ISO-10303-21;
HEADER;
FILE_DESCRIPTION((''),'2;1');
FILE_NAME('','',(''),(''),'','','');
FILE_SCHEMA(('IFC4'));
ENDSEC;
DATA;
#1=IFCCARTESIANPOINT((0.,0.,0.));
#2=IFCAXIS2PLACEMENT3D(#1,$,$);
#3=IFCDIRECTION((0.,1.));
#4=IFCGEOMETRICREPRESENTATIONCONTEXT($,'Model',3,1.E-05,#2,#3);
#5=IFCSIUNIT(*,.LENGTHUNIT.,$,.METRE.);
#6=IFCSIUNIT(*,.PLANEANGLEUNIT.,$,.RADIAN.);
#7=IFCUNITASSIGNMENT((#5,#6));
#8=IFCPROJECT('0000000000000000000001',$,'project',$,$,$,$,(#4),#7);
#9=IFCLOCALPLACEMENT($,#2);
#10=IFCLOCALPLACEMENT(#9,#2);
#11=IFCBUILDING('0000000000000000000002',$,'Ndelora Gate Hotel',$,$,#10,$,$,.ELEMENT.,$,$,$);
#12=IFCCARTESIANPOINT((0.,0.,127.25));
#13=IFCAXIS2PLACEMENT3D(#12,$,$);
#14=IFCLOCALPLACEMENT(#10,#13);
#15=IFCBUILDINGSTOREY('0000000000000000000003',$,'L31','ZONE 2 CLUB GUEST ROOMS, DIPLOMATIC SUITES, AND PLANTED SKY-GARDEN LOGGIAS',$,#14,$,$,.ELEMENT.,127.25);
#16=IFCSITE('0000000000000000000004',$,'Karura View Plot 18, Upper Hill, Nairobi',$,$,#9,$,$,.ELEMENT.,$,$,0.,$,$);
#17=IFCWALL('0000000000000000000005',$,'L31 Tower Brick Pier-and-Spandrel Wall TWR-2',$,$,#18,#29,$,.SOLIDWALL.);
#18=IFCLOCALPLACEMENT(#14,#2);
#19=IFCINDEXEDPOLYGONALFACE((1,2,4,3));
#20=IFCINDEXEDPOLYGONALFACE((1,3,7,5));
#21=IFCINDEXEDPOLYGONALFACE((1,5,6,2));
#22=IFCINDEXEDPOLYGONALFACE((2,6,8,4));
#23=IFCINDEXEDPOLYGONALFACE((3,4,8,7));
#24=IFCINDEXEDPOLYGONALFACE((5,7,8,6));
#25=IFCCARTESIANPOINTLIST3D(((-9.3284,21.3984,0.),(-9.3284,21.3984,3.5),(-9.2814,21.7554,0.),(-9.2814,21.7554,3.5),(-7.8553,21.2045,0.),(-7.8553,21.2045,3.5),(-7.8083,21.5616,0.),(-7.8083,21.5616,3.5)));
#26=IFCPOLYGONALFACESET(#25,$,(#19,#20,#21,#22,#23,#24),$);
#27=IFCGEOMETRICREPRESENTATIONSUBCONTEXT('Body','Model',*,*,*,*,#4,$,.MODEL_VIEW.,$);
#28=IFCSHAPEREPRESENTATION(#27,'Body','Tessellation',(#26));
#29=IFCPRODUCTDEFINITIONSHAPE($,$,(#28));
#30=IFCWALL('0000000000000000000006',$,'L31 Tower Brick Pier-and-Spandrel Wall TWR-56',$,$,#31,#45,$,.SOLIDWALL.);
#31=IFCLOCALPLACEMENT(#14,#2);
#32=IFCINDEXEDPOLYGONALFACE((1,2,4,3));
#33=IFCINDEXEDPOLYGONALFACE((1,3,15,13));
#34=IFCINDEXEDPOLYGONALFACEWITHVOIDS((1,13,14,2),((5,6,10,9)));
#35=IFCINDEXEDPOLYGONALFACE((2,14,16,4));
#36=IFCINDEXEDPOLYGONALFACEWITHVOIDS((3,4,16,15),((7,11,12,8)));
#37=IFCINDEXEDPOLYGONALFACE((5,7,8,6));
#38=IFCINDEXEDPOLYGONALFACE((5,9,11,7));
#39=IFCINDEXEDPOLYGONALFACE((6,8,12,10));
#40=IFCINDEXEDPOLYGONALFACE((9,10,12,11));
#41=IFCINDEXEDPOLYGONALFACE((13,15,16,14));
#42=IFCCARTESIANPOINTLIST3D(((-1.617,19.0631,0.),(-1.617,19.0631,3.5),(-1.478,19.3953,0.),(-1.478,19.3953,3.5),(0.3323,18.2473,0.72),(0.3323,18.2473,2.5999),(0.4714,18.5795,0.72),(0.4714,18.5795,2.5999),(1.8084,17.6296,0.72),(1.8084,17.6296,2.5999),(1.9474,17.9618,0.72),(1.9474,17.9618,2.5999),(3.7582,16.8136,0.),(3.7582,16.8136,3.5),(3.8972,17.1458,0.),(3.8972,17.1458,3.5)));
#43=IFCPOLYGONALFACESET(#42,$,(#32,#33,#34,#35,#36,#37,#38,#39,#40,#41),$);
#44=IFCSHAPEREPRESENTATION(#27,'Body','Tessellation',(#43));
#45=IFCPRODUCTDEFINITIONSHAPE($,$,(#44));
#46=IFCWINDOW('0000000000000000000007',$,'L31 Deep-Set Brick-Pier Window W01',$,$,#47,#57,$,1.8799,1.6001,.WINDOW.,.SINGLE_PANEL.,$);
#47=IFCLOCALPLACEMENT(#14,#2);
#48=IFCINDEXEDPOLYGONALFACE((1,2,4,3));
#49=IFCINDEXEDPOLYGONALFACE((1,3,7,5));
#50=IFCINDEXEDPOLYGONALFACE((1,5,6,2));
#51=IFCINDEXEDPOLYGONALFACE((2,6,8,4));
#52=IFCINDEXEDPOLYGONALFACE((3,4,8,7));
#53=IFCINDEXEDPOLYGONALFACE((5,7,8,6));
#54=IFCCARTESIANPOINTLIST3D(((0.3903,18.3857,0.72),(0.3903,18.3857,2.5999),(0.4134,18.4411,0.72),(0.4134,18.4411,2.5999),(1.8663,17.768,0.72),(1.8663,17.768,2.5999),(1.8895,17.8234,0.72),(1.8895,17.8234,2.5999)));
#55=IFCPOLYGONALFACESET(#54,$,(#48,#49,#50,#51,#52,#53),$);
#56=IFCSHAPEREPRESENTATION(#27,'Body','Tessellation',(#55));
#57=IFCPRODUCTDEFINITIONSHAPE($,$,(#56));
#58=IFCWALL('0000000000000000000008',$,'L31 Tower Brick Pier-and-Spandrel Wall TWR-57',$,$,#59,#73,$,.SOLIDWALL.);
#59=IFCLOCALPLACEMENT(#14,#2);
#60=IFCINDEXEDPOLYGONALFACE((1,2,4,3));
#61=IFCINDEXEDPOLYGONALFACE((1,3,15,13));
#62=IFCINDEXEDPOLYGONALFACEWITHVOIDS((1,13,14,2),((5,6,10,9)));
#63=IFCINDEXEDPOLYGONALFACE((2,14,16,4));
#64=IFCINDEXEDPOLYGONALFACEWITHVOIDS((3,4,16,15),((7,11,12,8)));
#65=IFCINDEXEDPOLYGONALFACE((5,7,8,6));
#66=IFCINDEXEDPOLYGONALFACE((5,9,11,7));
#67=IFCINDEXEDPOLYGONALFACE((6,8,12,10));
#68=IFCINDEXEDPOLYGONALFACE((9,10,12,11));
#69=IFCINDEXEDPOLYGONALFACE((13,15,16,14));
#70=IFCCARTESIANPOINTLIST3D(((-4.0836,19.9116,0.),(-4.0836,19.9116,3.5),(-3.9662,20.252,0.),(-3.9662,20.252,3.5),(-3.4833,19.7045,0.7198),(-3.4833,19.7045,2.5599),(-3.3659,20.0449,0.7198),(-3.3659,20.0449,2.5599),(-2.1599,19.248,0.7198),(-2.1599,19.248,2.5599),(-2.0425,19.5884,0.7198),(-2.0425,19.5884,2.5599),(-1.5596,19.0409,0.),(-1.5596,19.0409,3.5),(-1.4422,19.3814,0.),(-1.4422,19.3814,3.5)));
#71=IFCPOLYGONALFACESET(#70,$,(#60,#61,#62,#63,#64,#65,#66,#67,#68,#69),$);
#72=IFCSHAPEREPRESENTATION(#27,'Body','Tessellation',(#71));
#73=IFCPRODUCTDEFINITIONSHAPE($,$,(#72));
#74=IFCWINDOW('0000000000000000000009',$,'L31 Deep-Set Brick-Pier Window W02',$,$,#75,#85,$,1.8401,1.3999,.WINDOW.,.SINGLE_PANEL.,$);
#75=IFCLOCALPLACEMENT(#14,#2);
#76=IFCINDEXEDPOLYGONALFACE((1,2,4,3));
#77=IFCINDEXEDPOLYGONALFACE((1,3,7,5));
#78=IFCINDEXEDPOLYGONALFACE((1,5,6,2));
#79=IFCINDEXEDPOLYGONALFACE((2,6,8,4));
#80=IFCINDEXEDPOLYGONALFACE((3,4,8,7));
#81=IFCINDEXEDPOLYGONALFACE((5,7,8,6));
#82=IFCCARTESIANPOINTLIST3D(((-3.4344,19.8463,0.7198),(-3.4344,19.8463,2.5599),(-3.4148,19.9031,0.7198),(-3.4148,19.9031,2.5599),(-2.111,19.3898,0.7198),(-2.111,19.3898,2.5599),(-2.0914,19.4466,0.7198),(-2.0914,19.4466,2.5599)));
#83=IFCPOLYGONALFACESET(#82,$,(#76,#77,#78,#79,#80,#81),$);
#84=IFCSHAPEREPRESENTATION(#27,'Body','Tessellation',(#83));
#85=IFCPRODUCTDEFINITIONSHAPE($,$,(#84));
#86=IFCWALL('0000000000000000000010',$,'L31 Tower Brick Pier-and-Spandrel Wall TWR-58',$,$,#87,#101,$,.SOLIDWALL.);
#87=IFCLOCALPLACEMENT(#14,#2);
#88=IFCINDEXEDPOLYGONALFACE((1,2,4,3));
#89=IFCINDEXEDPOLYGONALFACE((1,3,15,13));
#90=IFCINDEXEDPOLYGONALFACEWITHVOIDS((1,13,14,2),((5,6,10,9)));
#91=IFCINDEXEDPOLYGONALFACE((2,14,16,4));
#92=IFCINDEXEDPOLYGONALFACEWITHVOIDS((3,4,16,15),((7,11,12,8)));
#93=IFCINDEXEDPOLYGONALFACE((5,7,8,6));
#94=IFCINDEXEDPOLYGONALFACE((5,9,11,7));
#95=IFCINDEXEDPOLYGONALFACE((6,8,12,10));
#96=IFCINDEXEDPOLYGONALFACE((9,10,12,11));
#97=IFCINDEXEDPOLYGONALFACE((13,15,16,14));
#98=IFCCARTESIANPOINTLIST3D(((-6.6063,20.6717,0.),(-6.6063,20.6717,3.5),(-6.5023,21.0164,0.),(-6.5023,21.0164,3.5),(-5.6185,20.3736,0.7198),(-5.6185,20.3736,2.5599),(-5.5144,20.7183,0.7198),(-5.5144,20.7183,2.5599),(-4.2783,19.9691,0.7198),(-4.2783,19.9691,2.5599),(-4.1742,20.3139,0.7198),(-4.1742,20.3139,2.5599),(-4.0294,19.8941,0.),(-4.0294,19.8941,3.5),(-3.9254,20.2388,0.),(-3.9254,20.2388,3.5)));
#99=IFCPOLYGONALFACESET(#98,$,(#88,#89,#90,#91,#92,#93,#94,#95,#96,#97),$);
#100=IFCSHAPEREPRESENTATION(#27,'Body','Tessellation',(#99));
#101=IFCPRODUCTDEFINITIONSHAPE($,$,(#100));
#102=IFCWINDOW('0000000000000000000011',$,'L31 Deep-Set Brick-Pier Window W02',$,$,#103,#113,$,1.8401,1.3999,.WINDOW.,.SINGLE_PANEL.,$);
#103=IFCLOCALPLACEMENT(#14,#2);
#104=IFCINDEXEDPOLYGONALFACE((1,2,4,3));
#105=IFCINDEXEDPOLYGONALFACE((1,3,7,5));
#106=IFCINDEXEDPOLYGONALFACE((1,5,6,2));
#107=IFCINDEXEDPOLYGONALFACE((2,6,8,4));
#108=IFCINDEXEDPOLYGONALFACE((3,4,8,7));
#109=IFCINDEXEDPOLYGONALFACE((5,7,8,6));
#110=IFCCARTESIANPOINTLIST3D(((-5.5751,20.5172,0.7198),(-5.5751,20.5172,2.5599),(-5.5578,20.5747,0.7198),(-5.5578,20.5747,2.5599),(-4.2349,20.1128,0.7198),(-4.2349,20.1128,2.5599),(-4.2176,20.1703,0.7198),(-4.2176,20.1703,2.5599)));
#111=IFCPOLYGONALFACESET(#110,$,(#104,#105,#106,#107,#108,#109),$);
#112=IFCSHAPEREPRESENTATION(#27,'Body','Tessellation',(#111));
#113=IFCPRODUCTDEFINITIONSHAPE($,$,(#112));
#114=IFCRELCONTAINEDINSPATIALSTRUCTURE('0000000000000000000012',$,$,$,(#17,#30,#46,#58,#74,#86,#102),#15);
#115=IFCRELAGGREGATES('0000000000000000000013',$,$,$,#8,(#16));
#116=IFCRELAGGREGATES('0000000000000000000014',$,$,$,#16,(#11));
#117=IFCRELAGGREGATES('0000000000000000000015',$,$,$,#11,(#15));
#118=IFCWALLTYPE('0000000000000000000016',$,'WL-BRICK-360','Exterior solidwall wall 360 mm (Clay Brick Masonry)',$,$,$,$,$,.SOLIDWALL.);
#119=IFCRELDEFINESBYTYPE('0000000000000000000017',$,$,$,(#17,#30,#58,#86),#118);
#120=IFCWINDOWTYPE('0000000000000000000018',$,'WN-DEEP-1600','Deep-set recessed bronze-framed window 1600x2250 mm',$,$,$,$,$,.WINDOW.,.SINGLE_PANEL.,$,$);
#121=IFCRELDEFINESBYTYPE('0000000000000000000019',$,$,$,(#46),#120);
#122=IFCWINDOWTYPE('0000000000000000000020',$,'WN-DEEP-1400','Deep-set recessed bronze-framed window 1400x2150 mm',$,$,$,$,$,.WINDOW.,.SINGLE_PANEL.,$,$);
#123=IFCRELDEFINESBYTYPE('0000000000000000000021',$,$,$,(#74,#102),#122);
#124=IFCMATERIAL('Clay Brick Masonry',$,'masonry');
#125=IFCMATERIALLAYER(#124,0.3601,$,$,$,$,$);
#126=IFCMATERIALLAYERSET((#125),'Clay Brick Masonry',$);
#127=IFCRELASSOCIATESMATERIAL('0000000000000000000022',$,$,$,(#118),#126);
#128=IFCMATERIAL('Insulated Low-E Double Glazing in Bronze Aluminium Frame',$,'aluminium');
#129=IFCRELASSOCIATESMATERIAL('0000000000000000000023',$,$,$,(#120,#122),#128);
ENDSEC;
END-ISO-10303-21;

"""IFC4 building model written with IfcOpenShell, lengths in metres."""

from ifc_helpers import new_model, si_unit, direction, frame, frame_2d, origin, place, context, subcontext, project, spatial, rectangle, extrude, material, layer, layer_set, type_object, element, fill, save


model = new_model("IFC4")

# Units and contexts
model_context = context("Model", 3, precision=1e-05, world=origin(), true_north=direction((0.0, 1.0)))
body_context = subcontext(model_context, "Body", "Model", "MODEL_VIEW")
ifc_project = project(units=[si_unit("LENGTHUNIT", "METRE"), si_unit("PLANEANGLEUNIT", "RADIAN")], contexts=[model_context])

# Site, building, storey
site_placement = place(None, origin())
site = spatial("IfcSite", under=ifc_project, at=site_placement, Name="Karura View Plot 18, Upper Hill, Nairobi", CompositionType="ELEMENT", RefElevation=0.0)
building_placement = place(site_placement, origin())
building = spatial("IfcBuilding", under=site, at=building_placement, Name="Ndelora Gate Hotel", CompositionType="ELEMENT")
storey_placement = place(building_placement, frame((0.0, 0.0, 127.25)))
storey = spatial("IfcBuildingStorey", under=building, at=storey_placement, Name="L31", Description="ZONE 2 CLUB GUEST ROOMS, DIPLOMATIC SUITES, AND PLANTED SKY-GARDEN LOGGIAS", CompositionType="ELEMENT", Elevation=127.25)

# Shared definitions
ifc_material_1 = material(Name="Clay Brick Masonry", Category="masonry")
ifc_layer_1 = layer(ifc_material_1, 0.3601)
ifc_layer_set_1 = layer_set([ifc_layer_1], Name="Clay Brick Masonry")
wall_type_1 = type_object("IfcWallType", Name="WL-BRICK-360", Description="Exterior solidwall wall 360 mm (Clay Brick Masonry)", PredefinedType="SOLIDWALL", material=ifc_layer_set_1)

# Wall
for number, where, z_axis, x_axis, name in (
    (1, (-9.3049, 21.5769, 0.0), (0.0, 0.0, 1.0), (0.991453, -0.130463, 0.0), "L31 Tower Brick Pier-and-Spandrel Wall TWR-2"),
):
    element("IfcWall", number, at=place(storey_placement, frame(where, z_axis=z_axis, x_axis=x_axis)), inside=storey, type_object=wall_type_1, Name=name, PredefinedType="SOLIDWALL", context=body_context, shape_type="SweptSolid", body=[
        extrude(rectangle(XDim=1.4858, YDim=0.3601, at=frame_2d((0.7429, 0.0))), origin(), (0.0, 0.0, 1.0), 3.5),
    ])

# Walls, openings, windows
wall_1_placement = place(storey_placement, frame((-1.5476, 19.2292, 0.0), z_axis=(0.0, 0.0, 1.0), x_axis=(0.922477, -0.386052, 0.0)))
wall_1 = element("IfcWall", 2, at=wall_1_placement, inside=storey, type_object=wall_type_1, Name="L31 Tower Brick Pier-and-Spandrel Wall TWR-56", PredefinedType="SOLIDWALL", context=body_context, shape_type="SweptSolid", body=[
    extrude(rectangle(XDim=5.8269, YDim=0.3601, at=frame_2d((2.9136, 0.0))), origin(), (0.0, 0.0, 1.0), 3.5),
])
opening_1_placement = place(wall_1_placement, frame((2.1133, 0.0, 0.72)))
opening_1 = element("IfcOpeningElement", 3, at=opening_1_placement, cuts=wall_1, PredefinedType="OPENING", context=body_context, shape_type="SweptSolid", body=[
    extrude(rectangle(XDim=1.6001, YDim=1.8799, at=frame_2d((0.8, 0.9399))), frame((0.0, 0.1899, 0.0), z_axis=(0.0, -1.0, 0.0), x_axis=(1.0, 0.0, 0.0)), (0.0, 0.0, 1.0), 0.3801),
])
ifc_material_2 = material(Name="Insulated Low-E Double Glazing in Bronze Aluminium Frame", Category="aluminium")
window_type_1 = type_object("IfcWindowType", Name="WN-DEEP-1600", Description="Deep-set recessed bronze-framed window 1600x2250 mm", PartitioningType="SINGLE_PANEL", PredefinedType="WINDOW", material=ifc_material_2)
window_1_placement = place(opening_1_placement, origin())
window_1 = element("IfcWindow", 4, at=window_1_placement, inside=storey, type_object=window_type_1, Name="L31 Deep-Set Brick-Pier Window W01", OverallHeight=1.8799, OverallWidth=1.6001, PartitioningType="SINGLE_PANEL", PredefinedType="WINDOW", context=body_context, shape_type="SweptSolid", body=[
    extrude(rectangle(XDim=1.6001, YDim=1.8799, at=frame_2d((0.8, 0.9399))), frame((0.0, 0.03, 0.0), z_axis=(0.0, -1.0, 0.0), x_axis=(1.0, 0.0, 0.0)), (0.0, 0.0, 1.0), 0.0601),
])
fill(opening_1, window_1)
wall_2_placement = place(storey_placement, frame((-4.0249, 20.0818, 0.0), z_axis=(0.0, 0.0, 1.0), x_axis=(0.94534, -0.326086, 0.0)))
wall_2 = element("IfcWall", 5, at=wall_2_placement, inside=storey, type_object=wall_type_1, Name="L31 Tower Brick Pier-and-Spandrel Wall TWR-57", PredefinedType="SOLIDWALL", context=body_context, shape_type="SweptSolid", body=[
    extrude(rectangle(XDim=2.6699, YDim=0.3601, at=frame_2d((1.335, 0.0))), origin(), (0.0, 0.0, 1.0), 3.5),
])
opening_2_placement = place(wall_2_placement, frame((0.635, 0.0, 0.72)))
opening_2 = element("IfcOpeningElement", 6, at=opening_2_placement, cuts=wall_2, PredefinedType="OPENING", context=body_context, shape_type="SweptSolid", body=[
    extrude(rectangle(XDim=1.3999, YDim=1.8401, at=frame_2d((0.7, 0.9199))), frame((0.0, 0.1899, 0.0), z_axis=(0.0, -1.0, 0.0), x_axis=(1.0, 0.0, 0.0)), (0.0, 0.0, 1.0), 0.3801),
])
window_type_2 = type_object("IfcWindowType", Name="WN-DEEP-1400", Description="Deep-set recessed bronze-framed window 1400x2150 mm", PartitioningType="SINGLE_PANEL", PredefinedType="WINDOW", material=ifc_material_2)
window_2_placement = place(opening_2_placement, origin())
window_2 = element("IfcWindow", 7, at=window_2_placement, inside=storey, type_object=window_type_2, Name="L31 Deep-Set Brick-Pier Window W02", OverallHeight=1.8401, OverallWidth=1.3999, PartitioningType="SINGLE_PANEL", PredefinedType="WINDOW", context=body_context, shape_type="SweptSolid", body=[
    extrude(rectangle(XDim=1.3999, YDim=1.8401, at=frame_2d((0.7, 0.9199))), frame((0.0, 0.03, 0.0), z_axis=(0.0, -1.0, 0.0), x_axis=(1.0, 0.0, 0.0)), (0.0, 0.0, 1.0), 0.0601),
])
fill(opening_2, window_2)
wall_3_placement = place(storey_placement, frame((-6.5542, 20.844, 0.0), z_axis=(0.0, 0.0, 1.0), x_axis=(0.957363, -0.288887, 0.0)))
wall_3 = element("IfcWall", 8, at=wall_3_placement, inside=storey, type_object=wall_type_1, Name="L31 Tower Brick Pier-and-Spandrel Wall TWR-58", PredefinedType="SOLIDWALL", context=body_context, shape_type="SweptSolid", body=[
    extrude(rectangle(XDim=2.6917, YDim=0.3601, at=frame_2d((1.3457, 0.0))), origin(), (0.0, 0.0, 1.0), 3.5),
])
opening_3_placement = place(wall_3_placement, frame((1.0317, 0.0, 0.72)))
opening_3 = element("IfcOpeningElement", 9, at=opening_3_placement, cuts=wall_3, PredefinedType="OPENING", context=body_context, shape_type="SweptSolid", body=[
    extrude(rectangle(XDim=1.3999, YDim=1.8401, at=frame_2d((0.7, 0.9199))), frame((0.0, 0.1899, 0.0), z_axis=(0.0, -1.0, 0.0), x_axis=(1.0, 0.0, 0.0)), (0.0, 0.0, 1.0), 0.3801),
])
window_3_placement = place(opening_3_placement, origin())
window_3 = element("IfcWindow", 10, at=window_3_placement, inside=storey, type_object=window_type_2, Name="L31 Deep-Set Brick-Pier Window W02", OverallHeight=1.8401, OverallWidth=1.3999, PartitioningType="SINGLE_PANEL", PredefinedType="WINDOW", context=body_context, shape_type="SweptSolid", body=[
    extrude(rectangle(XDim=1.3999, YDim=1.8401, at=frame_2d((0.7, 0.9199))), frame((0.0, 0.03, 0.0), z_axis=(0.0, -1.0, 0.0), x_axis=(1.0, 0.0, 0.0)), (0.0, 0.0, 1.0), 0.0601),
])
fill(opening_3, window_3)

save(model, "model.ifc")
